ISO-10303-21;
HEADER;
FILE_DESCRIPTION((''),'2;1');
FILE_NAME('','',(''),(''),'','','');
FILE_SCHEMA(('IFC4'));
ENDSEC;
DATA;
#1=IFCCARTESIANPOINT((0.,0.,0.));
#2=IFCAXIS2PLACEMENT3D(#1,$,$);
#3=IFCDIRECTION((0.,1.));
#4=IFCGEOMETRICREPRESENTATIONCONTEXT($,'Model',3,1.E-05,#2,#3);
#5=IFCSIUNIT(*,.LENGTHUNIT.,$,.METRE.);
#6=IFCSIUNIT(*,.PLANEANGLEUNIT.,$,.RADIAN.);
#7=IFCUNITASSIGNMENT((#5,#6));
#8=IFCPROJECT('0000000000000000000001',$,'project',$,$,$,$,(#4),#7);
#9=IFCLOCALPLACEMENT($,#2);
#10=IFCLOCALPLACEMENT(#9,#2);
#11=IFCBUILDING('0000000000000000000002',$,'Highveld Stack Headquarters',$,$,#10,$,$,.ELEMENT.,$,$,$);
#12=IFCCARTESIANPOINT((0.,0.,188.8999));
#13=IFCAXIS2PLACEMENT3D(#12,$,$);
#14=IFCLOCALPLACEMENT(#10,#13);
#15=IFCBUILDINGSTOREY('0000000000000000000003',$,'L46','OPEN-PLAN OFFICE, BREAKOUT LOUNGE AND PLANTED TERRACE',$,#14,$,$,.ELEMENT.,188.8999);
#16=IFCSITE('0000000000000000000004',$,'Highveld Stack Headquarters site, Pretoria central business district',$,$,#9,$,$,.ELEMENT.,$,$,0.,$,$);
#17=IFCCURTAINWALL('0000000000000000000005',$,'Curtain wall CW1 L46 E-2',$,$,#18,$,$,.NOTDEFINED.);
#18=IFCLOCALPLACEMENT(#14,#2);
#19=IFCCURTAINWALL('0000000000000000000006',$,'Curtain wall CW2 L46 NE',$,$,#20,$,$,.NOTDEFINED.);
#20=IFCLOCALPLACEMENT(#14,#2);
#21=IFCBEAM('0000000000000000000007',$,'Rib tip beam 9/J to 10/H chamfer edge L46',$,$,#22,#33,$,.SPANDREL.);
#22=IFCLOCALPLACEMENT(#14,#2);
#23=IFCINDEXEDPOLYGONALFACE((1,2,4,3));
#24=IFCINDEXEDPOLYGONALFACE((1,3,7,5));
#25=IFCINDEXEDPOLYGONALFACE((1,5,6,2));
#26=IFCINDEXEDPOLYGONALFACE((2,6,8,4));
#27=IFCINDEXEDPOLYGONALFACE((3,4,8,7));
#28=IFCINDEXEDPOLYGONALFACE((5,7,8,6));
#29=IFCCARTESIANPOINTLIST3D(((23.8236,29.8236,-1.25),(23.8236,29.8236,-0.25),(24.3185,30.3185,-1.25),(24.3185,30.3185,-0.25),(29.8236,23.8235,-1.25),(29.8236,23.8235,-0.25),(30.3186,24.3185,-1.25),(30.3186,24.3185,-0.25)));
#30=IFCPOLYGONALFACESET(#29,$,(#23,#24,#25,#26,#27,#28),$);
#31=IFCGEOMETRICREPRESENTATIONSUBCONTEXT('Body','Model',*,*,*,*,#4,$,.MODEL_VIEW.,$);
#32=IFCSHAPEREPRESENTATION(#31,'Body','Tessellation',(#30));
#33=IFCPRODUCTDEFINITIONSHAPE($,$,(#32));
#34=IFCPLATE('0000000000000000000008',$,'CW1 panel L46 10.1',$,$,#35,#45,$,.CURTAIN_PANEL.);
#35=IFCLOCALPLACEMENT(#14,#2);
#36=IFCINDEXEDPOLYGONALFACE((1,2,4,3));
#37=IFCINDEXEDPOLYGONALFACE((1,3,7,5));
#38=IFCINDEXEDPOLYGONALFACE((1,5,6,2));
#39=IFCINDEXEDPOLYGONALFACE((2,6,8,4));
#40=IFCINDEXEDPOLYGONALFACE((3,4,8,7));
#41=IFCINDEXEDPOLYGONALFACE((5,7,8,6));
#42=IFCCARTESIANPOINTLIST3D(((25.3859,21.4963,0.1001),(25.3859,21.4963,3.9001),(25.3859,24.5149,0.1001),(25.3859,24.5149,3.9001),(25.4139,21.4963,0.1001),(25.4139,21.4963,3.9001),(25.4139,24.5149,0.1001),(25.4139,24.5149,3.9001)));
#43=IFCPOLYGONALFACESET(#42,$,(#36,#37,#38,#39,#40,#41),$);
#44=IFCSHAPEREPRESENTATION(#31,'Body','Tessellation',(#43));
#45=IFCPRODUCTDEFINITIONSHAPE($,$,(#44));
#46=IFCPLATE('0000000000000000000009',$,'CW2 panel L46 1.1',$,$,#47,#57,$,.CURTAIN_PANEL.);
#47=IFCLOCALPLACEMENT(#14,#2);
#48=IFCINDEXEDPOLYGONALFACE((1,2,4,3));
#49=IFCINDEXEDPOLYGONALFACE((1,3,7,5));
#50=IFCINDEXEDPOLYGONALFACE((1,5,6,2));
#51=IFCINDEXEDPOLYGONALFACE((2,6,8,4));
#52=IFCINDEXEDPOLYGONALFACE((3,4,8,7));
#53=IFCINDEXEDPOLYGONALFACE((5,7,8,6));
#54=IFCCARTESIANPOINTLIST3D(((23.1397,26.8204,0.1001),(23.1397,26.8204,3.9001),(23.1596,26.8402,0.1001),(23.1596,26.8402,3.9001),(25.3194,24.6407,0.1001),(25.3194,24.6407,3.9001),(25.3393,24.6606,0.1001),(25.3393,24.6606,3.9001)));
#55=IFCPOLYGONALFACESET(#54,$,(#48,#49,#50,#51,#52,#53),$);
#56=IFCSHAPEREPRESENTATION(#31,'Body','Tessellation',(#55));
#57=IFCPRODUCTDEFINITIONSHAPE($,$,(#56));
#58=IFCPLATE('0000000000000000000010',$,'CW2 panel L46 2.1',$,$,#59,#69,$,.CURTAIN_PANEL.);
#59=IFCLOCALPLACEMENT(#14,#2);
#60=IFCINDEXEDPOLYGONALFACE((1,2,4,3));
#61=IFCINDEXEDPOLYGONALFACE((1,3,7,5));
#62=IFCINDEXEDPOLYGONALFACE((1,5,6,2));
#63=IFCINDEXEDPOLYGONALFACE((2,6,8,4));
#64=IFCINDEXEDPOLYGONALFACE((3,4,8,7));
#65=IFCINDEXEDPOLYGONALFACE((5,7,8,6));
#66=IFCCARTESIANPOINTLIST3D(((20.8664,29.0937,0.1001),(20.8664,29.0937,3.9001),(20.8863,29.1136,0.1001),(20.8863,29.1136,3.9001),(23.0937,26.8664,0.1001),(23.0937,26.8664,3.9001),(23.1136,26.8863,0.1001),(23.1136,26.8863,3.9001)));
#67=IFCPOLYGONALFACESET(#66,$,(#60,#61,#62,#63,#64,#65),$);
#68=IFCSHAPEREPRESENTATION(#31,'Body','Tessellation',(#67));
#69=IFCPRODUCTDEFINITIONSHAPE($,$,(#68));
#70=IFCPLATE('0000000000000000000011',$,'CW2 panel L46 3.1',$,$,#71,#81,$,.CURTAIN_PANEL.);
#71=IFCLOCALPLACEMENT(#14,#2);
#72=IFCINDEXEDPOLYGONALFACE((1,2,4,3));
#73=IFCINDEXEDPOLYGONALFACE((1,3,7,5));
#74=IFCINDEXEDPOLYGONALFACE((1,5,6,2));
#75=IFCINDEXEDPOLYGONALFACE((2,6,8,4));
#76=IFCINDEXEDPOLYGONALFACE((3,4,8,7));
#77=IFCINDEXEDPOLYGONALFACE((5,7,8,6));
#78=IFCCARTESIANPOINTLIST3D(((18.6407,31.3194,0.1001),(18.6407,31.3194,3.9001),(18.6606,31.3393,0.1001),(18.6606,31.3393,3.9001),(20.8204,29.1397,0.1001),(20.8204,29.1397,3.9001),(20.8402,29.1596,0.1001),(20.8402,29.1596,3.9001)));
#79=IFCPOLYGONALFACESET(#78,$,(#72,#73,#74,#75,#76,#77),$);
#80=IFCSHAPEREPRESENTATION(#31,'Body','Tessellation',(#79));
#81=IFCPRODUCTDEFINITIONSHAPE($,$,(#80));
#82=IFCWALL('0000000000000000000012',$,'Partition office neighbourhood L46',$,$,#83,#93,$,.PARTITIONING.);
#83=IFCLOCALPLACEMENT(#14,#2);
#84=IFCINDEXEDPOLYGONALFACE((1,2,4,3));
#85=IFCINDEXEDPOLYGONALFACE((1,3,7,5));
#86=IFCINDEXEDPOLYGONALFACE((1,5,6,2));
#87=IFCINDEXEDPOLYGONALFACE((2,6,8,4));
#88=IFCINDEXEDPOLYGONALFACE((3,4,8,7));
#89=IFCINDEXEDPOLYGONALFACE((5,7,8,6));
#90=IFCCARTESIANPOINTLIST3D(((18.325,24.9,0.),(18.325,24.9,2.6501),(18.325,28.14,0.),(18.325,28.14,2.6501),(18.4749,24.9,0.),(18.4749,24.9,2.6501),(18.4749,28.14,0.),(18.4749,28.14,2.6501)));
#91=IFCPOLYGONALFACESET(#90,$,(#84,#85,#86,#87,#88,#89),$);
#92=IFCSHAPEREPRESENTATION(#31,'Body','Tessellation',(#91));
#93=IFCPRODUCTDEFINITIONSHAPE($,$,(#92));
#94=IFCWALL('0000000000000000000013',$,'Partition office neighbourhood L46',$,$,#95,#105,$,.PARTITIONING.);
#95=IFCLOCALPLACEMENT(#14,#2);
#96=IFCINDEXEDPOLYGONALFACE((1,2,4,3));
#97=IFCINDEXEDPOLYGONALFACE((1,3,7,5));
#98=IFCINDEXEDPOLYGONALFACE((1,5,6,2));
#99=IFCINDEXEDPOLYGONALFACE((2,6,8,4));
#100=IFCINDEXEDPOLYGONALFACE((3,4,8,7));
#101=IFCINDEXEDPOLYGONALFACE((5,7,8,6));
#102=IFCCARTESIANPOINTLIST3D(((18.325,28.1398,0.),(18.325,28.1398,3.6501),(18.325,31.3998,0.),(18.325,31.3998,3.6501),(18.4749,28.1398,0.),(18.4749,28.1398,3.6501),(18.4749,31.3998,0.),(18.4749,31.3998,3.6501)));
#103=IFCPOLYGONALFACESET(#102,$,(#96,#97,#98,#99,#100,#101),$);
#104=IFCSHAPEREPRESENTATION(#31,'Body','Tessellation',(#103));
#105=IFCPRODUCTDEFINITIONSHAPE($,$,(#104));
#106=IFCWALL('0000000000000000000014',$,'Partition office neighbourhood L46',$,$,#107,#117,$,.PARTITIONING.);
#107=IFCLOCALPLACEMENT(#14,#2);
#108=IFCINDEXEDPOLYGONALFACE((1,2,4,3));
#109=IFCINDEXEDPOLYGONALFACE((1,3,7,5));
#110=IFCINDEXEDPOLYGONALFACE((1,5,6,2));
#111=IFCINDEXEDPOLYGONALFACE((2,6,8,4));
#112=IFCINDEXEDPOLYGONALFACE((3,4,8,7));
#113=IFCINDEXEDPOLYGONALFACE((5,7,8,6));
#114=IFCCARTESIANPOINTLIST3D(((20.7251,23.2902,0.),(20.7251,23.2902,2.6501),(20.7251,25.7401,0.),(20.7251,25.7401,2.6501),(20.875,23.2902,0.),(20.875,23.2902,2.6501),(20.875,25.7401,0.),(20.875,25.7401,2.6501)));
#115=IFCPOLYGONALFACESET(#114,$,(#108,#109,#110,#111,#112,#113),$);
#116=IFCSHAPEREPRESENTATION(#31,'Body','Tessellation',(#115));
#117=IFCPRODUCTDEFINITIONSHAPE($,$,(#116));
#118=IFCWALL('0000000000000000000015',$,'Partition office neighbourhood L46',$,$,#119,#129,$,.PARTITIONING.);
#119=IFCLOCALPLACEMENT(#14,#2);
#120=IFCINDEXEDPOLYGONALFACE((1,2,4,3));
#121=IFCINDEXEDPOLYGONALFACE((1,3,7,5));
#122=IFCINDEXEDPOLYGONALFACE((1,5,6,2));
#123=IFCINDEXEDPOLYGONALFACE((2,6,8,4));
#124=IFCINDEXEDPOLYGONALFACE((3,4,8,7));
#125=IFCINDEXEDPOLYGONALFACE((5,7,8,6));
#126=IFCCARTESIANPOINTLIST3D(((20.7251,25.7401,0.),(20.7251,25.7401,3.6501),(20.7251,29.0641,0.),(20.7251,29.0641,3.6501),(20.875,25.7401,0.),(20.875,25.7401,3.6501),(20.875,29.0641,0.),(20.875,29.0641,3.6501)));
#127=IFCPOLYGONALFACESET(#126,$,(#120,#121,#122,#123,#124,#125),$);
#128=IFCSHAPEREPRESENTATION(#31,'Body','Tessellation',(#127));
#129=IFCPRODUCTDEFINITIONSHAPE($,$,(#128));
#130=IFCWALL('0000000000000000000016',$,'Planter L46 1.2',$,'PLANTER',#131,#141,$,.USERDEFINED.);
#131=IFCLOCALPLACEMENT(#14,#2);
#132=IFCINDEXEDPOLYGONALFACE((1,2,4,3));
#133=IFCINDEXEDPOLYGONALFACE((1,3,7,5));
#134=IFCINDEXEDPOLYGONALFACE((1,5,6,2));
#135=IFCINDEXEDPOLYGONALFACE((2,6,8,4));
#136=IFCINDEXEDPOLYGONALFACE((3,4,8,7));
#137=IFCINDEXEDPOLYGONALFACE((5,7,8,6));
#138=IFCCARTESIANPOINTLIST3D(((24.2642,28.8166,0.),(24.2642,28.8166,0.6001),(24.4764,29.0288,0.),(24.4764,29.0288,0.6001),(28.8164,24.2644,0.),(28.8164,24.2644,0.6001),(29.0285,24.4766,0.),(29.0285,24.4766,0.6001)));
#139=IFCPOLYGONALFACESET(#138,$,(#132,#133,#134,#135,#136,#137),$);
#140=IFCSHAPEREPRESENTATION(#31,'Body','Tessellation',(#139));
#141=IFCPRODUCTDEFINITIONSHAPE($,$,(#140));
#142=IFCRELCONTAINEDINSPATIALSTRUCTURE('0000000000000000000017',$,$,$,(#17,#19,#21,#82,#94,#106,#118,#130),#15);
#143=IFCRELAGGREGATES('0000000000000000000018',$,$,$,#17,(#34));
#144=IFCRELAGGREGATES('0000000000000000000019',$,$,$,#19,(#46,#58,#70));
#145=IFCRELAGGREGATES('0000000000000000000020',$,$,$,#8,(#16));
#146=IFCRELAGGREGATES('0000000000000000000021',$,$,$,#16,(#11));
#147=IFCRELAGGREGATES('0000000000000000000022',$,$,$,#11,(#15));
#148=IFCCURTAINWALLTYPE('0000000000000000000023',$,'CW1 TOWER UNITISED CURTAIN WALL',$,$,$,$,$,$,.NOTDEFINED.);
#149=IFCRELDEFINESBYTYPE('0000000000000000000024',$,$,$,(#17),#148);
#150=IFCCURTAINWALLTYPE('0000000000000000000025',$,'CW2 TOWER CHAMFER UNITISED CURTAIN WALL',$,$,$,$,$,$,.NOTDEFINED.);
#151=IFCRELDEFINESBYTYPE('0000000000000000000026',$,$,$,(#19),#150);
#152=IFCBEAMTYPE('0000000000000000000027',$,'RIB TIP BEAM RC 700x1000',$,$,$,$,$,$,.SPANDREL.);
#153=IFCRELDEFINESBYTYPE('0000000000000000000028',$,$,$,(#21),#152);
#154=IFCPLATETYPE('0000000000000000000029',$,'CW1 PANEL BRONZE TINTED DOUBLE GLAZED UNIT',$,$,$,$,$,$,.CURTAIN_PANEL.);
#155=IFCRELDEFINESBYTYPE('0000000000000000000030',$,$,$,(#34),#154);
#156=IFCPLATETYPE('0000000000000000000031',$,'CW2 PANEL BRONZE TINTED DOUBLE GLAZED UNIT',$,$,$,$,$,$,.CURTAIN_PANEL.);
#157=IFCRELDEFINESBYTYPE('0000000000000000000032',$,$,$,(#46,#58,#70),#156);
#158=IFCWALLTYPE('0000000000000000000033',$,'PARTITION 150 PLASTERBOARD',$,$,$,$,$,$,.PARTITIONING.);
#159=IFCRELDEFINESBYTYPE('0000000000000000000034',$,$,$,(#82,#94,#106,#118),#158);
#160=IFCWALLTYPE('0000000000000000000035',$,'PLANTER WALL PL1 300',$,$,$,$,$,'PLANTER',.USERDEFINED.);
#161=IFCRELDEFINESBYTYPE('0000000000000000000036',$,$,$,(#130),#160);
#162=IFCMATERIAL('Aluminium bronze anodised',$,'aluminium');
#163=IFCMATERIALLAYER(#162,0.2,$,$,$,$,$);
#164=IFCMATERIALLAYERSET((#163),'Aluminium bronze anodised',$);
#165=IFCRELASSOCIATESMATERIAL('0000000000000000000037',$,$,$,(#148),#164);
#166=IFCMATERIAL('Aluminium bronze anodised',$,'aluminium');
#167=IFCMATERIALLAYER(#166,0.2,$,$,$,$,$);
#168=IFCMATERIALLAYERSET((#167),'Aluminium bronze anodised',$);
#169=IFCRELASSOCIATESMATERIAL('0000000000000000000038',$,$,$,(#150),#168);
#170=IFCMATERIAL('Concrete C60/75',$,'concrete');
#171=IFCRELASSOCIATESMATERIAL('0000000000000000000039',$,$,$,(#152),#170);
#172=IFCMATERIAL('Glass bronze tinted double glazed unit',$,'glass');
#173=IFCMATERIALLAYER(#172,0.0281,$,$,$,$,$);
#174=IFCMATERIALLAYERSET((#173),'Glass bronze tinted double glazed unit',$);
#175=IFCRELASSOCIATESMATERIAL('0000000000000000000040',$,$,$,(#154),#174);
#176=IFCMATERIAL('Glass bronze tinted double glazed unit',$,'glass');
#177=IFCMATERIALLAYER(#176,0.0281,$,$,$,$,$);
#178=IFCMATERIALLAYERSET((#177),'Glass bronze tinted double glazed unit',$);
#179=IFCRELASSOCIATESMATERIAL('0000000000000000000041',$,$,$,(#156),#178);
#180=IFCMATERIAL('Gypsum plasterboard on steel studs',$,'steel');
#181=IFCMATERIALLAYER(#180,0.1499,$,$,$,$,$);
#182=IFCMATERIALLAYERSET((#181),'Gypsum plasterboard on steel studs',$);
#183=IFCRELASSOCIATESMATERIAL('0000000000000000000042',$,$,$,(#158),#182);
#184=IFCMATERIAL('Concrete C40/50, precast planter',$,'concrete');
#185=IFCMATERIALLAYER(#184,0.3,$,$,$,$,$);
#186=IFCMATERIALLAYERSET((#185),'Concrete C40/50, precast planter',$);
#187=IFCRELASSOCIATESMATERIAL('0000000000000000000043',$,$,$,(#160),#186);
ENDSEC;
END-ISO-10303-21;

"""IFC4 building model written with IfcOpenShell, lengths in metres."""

from ifc_helpers import new_model, si_unit, direction, frame, frame_2d, origin, origin_2d, place, context, subcontext, project, spatial, rectangle, extrude, material, layer, layer_set, material_profile, profile_set, type_object, element, aggregate, save


model = new_model("IFC4")

# Units and contexts
model_context = context("Model", 3, precision=1e-05, world=origin(), true_north=direction((0.0, 1.0)))
body_context = subcontext(model_context, "Body", "Model", "MODEL_VIEW")
ifc_project = project(units=[si_unit("LENGTHUNIT", "METRE"), si_unit("PLANEANGLEUNIT", "RADIAN")], contexts=[model_context])

# Site, building, storey
site_placement = place(None, origin())
site = spatial("IfcSite", under=ifc_project, at=site_placement, Name="Highveld Stack Headquarters site, Pretoria central business district", CompositionType="ELEMENT", RefElevation=0.0)
building_placement = place(site_placement, origin())
building = spatial("IfcBuilding", under=site, at=building_placement, Name="Highveld Stack Headquarters", CompositionType="ELEMENT")
storey_placement = place(building_placement, frame((0.0, 0.0, 188.8999)))
storey = spatial("IfcBuildingStorey", under=building, at=storey_placement, Name="L46", Description="OPEN-PLAN OFFICE, BREAKOUT LOUNGE AND PLANTED TERRACE", CompositionType="ELEMENT", Elevation=188.8999)

# Curtain wall
ifc_material_1 = material(Name="Aluminium bronze anodised", Category="aluminium")
ifc_layer_1 = layer(ifc_material_1, 0.2)
ifc_layer_set_1 = layer_set([ifc_layer_1], Name="Aluminium bronze anodised")
curtain_wall_type_1 = type_object("IfcCurtainWallType", Name="CW1 TOWER UNITISED CURTAIN WALL", PredefinedType="NOTDEFINED", material=ifc_layer_set_1)
curtain_wall_1_placement = place(storey_placement, origin())
curtain_wall_1 = element("IfcCurtainWall", 1, at=curtain_wall_1_placement, inside=storey, type_object=curtain_wall_type_1, Name="Curtain wall CW1 L46 E-2", PredefinedType="NOTDEFINED")

# Curtain wall
ifc_material_2 = material(Name="Aluminium bronze anodised", Category="aluminium")
ifc_layer_2 = layer(ifc_material_2, 0.2)
ifc_layer_set_2 = layer_set([ifc_layer_2], Name="Aluminium bronze anodised")
curtain_wall_type_2 = type_object("IfcCurtainWallType", Name="CW2 TOWER CHAMFER UNITISED CURTAIN WALL", PredefinedType="NOTDEFINED", material=ifc_layer_set_2)
curtain_wall_2_placement = place(storey_placement, origin())
curtain_wall_2 = element("IfcCurtainWall", 2, at=curtain_wall_2_placement, inside=storey, type_object=curtain_wall_type_2, Name="Curtain wall CW2 L46 NE", PredefinedType="NOTDEFINED")

# Beam
ifc_material_3 = material(Name="Concrete C60/75", Category="concrete")
ifc_material_profile_1 = material_profile(ifc_material_3, rectangle(XDim=0.7, YDim=1.0, at=origin_2d()), Name="RC 700x1000")
ifc_profile_set_1 = profile_set([ifc_material_profile_1], Name="Concrete C60/75")
beam_type = type_object("IfcBeamType", Name="RIB TIP BEAM RC 700x1000", PredefinedType="SPANDREL", material=ifc_profile_set_1)
for number, where, z_axis, x_axis, name in (
    (3, (24.071, 30.071, -0.75), (0.707107, -0.707107, 0.0), (0.707107, 0.707107, 0.0), "Rib tip beam 9/J to 10/H chamfer edge L46"),
):
    element("IfcBeam", number, at=place(storey_placement, frame(where, z_axis=z_axis, x_axis=x_axis)), inside=storey, type_object=beam_type, Name=name, PredefinedType="SPANDREL", context=body_context, shape_type="SweptSolid", body=[
        extrude(rectangle(XDim=0.7, YDim=1.0, at=origin_2d()), origin(), (0.0, 0.0, 1.0), 8.4854),
    ])

# Plates
ifc_material_4 = material(Name="Glass bronze tinted double glazed unit", Category="glass")
ifc_layer_3 = layer(ifc_material_4, 0.0281)
ifc_layer_set_3 = layer_set([ifc_layer_3], Name="Glass bronze tinted double glazed unit")
plate_type_1 = type_object("IfcPlateType", Name="CW1 PANEL BRONZE TINTED DOUBLE GLAZED UNIT", PredefinedType="CURTAIN_PANEL", material=ifc_layer_set_3)
plate_1_placement = place(storey_placement, frame((25.3999, 23.0056, 0.1001), z_axis=(0.0, 0.0, 1.0), x_axis=(0.0, 1.0, 0.0)))
plate_1 = element("IfcPlate", 4, at=plate_1_placement, type_object=plate_type_1, Name="CW1 panel L46 10.1", PredefinedType="CURTAIN_PANEL", context=body_context, shape_type="SweptSolid", body=[
    extrude(rectangle(XDim=3.0186, YDim=0.0281, at=origin_2d()), origin(), (0.0, 0.0, 1.0), 3.8),
])
aggregate(curtain_wall_1, [plate_1])
ifc_material_5 = material(Name="Glass bronze tinted double glazed unit", Category="glass")
ifc_layer_4 = layer(ifc_material_5, 0.0281)
ifc_layer_set_4 = layer_set([ifc_layer_4], Name="Glass bronze tinted double glazed unit")
plate_type_2 = type_object("IfcPlateType", Name="CW2 PANEL BRONZE TINTED DOUBLE GLAZED UNIT", PredefinedType="CURTAIN_PANEL", material=ifc_layer_set_4)
plate_2_placement = place(storey_placement, frame((24.2395, 25.7405, 0.1001), z_axis=(0.0, 0.0, 1.0), x_axis=(-0.707107, 0.707107, 0.0)))
plate_2 = element("IfcPlate", 5, at=plate_2_placement, type_object=plate_type_2, Name="CW2 panel L46 1.1", PredefinedType="CURTAIN_PANEL", context=body_context, shape_type="SweptSolid", body=[
    extrude(rectangle(XDim=3.0825, YDim=0.0281, at=origin_2d()), origin(), (0.0, 0.0, 1.0), 3.8),
])
plate_3_placement = place(storey_placement, frame((21.99, 27.99, 0.1001), z_axis=(0.0, 0.0, 1.0), x_axis=(-0.707107, 0.707107, 0.0)))
plate_3 = element("IfcPlate", 6, at=plate_3_placement, type_object=plate_type_2, Name="CW2 panel L46 2.1", PredefinedType="CURTAIN_PANEL", context=body_context, shape_type="SweptSolid", body=[
    extrude(rectangle(XDim=3.1499, YDim=0.0281, at=origin_2d()), origin(), (0.0, 0.0, 1.0), 3.8),
])
plate_4_placement = place(storey_placement, frame((19.7405, 30.2395, 0.1001), z_axis=(0.0, 0.0, 1.0), x_axis=(-0.707107, 0.707107, 0.0)))
plate_4 = element("IfcPlate", 7, at=plate_4_placement, type_object=plate_type_2, Name="CW2 panel L46 3.1", PredefinedType="CURTAIN_PANEL", context=body_context, shape_type="SweptSolid", body=[
    extrude(rectangle(XDim=3.0825, YDim=0.0281, at=origin_2d()), origin(), (0.0, 0.0, 1.0), 3.8),
])
aggregate(curtain_wall_2, [plate_2, plate_3, plate_4])

# Walls
ifc_material_6 = material(Name="Gypsum plasterboard on steel studs", Category="steel")
ifc_layer_5 = layer(ifc_material_6, 0.1499)
ifc_layer_set_5 = layer_set([ifc_layer_5], Name="Gypsum plasterboard on steel studs")
wall_type_1 = type_object("IfcWallType", Name="PARTITION 150 PLASTERBOARD", PredefinedType="PARTITIONING", material=ifc_layer_set_5)
wall_1_placement = place(storey_placement, frame((18.3999, 24.8999, 0.0), z_axis=(0.0, 0.0, 1.0), x_axis=(0.0, 1.0, 0.0)))
element("IfcWall", 8, at=wall_1_placement, inside=storey, type_object=wall_type_1, Name="Partition office neighbourhood L46", PredefinedType="PARTITIONING", context=body_context, shape_type="SweptSolid", body=[
    extrude(rectangle(XDim=3.24, YDim=0.1499, at=frame_2d((1.6201, 0.0))), origin(), (0.0, 0.0, 1.0), 2.6501),
])
wall_2_placement = place(storey_placement, frame((18.3999, 28.1399, 0.0), z_axis=(0.0, 0.0, 1.0), x_axis=(0.0, 1.0, 0.0)))
element("IfcWall", 9, at=wall_2_placement, inside=storey, type_object=wall_type_1, Name="Partition office neighbourhood L46", PredefinedType="PARTITIONING", context=body_context, shape_type="SweptSolid", body=[
    extrude(rectangle(XDim=3.26, YDim=0.1499, at=frame_2d((1.6299, 0.0))), origin(), (0.0, 0.0, 1.0), 3.6501),
])
wall_3_placement = place(storey_placement, frame((20.8, 23.29, 0.0), z_axis=(0.0, 0.0, 1.0), x_axis=(0.0, 1.0, 0.0)))
element("IfcWall", 10, at=wall_3_placement, inside=storey, type_object=wall_type_1, Name="Partition office neighbourhood L46", PredefinedType="PARTITIONING", context=body_context, shape_type="SweptSolid", body=[
    extrude(rectangle(XDim=2.45, YDim=0.1499, at=frame_2d((1.2251, 0.0))), origin(), (0.0, 0.0, 1.0), 2.6501),
])
wall_4_placement = place(storey_placement, frame((20.8, 25.74, 0.0), z_axis=(0.0, 0.0, 1.0), x_axis=(0.0, 1.0, 0.0)))
element("IfcWall", 11, at=wall_4_placement, inside=storey, type_object=wall_type_1, Name="Partition office neighbourhood L46", PredefinedType="PARTITIONING", context=body_context, shape_type="SweptSolid", body=[
    extrude(rectangle(XDim=3.324, YDim=0.1499, at=frame_2d((1.6621, 0.0))), origin(), (0.0, 0.0, 1.0), 3.6501),
])
ifc_material_7 = material(Name="Concrete C40/50, precast planter", Category="concrete")
ifc_layer_6 = layer(ifc_material_7, 0.3)
ifc_layer_set_6 = layer_set([ifc_layer_6], Name="Concrete C40/50, precast planter")
wall_type_2 = type_object("IfcWallType", Name="PLANTER WALL PL1 300", ElementType="PLANTER", PredefinedType="USERDEFINED", material=ifc_layer_set_6)
wall_5_placement = place(storey_placement, frame((24.3704, 28.9226, 0.0), z_axis=(0.0, 0.0, 1.0), x_axis=(0.707107, -0.707107, 0.0)))
element("IfcWall", 12, at=wall_5_placement, inside=storey, type_object=wall_type_2, Name="Planter L46 1.2", ObjectType="PLANTER", PredefinedType="USERDEFINED", context=body_context, shape_type="SweptSolid", body=[
    extrude(rectangle(XDim=6.4377, YDim=0.3, at=frame_2d((3.2188, 0.0))), origin(), (0.0, 0.0, 1.0), 0.6001),
])

save(model, "model.ifc")
